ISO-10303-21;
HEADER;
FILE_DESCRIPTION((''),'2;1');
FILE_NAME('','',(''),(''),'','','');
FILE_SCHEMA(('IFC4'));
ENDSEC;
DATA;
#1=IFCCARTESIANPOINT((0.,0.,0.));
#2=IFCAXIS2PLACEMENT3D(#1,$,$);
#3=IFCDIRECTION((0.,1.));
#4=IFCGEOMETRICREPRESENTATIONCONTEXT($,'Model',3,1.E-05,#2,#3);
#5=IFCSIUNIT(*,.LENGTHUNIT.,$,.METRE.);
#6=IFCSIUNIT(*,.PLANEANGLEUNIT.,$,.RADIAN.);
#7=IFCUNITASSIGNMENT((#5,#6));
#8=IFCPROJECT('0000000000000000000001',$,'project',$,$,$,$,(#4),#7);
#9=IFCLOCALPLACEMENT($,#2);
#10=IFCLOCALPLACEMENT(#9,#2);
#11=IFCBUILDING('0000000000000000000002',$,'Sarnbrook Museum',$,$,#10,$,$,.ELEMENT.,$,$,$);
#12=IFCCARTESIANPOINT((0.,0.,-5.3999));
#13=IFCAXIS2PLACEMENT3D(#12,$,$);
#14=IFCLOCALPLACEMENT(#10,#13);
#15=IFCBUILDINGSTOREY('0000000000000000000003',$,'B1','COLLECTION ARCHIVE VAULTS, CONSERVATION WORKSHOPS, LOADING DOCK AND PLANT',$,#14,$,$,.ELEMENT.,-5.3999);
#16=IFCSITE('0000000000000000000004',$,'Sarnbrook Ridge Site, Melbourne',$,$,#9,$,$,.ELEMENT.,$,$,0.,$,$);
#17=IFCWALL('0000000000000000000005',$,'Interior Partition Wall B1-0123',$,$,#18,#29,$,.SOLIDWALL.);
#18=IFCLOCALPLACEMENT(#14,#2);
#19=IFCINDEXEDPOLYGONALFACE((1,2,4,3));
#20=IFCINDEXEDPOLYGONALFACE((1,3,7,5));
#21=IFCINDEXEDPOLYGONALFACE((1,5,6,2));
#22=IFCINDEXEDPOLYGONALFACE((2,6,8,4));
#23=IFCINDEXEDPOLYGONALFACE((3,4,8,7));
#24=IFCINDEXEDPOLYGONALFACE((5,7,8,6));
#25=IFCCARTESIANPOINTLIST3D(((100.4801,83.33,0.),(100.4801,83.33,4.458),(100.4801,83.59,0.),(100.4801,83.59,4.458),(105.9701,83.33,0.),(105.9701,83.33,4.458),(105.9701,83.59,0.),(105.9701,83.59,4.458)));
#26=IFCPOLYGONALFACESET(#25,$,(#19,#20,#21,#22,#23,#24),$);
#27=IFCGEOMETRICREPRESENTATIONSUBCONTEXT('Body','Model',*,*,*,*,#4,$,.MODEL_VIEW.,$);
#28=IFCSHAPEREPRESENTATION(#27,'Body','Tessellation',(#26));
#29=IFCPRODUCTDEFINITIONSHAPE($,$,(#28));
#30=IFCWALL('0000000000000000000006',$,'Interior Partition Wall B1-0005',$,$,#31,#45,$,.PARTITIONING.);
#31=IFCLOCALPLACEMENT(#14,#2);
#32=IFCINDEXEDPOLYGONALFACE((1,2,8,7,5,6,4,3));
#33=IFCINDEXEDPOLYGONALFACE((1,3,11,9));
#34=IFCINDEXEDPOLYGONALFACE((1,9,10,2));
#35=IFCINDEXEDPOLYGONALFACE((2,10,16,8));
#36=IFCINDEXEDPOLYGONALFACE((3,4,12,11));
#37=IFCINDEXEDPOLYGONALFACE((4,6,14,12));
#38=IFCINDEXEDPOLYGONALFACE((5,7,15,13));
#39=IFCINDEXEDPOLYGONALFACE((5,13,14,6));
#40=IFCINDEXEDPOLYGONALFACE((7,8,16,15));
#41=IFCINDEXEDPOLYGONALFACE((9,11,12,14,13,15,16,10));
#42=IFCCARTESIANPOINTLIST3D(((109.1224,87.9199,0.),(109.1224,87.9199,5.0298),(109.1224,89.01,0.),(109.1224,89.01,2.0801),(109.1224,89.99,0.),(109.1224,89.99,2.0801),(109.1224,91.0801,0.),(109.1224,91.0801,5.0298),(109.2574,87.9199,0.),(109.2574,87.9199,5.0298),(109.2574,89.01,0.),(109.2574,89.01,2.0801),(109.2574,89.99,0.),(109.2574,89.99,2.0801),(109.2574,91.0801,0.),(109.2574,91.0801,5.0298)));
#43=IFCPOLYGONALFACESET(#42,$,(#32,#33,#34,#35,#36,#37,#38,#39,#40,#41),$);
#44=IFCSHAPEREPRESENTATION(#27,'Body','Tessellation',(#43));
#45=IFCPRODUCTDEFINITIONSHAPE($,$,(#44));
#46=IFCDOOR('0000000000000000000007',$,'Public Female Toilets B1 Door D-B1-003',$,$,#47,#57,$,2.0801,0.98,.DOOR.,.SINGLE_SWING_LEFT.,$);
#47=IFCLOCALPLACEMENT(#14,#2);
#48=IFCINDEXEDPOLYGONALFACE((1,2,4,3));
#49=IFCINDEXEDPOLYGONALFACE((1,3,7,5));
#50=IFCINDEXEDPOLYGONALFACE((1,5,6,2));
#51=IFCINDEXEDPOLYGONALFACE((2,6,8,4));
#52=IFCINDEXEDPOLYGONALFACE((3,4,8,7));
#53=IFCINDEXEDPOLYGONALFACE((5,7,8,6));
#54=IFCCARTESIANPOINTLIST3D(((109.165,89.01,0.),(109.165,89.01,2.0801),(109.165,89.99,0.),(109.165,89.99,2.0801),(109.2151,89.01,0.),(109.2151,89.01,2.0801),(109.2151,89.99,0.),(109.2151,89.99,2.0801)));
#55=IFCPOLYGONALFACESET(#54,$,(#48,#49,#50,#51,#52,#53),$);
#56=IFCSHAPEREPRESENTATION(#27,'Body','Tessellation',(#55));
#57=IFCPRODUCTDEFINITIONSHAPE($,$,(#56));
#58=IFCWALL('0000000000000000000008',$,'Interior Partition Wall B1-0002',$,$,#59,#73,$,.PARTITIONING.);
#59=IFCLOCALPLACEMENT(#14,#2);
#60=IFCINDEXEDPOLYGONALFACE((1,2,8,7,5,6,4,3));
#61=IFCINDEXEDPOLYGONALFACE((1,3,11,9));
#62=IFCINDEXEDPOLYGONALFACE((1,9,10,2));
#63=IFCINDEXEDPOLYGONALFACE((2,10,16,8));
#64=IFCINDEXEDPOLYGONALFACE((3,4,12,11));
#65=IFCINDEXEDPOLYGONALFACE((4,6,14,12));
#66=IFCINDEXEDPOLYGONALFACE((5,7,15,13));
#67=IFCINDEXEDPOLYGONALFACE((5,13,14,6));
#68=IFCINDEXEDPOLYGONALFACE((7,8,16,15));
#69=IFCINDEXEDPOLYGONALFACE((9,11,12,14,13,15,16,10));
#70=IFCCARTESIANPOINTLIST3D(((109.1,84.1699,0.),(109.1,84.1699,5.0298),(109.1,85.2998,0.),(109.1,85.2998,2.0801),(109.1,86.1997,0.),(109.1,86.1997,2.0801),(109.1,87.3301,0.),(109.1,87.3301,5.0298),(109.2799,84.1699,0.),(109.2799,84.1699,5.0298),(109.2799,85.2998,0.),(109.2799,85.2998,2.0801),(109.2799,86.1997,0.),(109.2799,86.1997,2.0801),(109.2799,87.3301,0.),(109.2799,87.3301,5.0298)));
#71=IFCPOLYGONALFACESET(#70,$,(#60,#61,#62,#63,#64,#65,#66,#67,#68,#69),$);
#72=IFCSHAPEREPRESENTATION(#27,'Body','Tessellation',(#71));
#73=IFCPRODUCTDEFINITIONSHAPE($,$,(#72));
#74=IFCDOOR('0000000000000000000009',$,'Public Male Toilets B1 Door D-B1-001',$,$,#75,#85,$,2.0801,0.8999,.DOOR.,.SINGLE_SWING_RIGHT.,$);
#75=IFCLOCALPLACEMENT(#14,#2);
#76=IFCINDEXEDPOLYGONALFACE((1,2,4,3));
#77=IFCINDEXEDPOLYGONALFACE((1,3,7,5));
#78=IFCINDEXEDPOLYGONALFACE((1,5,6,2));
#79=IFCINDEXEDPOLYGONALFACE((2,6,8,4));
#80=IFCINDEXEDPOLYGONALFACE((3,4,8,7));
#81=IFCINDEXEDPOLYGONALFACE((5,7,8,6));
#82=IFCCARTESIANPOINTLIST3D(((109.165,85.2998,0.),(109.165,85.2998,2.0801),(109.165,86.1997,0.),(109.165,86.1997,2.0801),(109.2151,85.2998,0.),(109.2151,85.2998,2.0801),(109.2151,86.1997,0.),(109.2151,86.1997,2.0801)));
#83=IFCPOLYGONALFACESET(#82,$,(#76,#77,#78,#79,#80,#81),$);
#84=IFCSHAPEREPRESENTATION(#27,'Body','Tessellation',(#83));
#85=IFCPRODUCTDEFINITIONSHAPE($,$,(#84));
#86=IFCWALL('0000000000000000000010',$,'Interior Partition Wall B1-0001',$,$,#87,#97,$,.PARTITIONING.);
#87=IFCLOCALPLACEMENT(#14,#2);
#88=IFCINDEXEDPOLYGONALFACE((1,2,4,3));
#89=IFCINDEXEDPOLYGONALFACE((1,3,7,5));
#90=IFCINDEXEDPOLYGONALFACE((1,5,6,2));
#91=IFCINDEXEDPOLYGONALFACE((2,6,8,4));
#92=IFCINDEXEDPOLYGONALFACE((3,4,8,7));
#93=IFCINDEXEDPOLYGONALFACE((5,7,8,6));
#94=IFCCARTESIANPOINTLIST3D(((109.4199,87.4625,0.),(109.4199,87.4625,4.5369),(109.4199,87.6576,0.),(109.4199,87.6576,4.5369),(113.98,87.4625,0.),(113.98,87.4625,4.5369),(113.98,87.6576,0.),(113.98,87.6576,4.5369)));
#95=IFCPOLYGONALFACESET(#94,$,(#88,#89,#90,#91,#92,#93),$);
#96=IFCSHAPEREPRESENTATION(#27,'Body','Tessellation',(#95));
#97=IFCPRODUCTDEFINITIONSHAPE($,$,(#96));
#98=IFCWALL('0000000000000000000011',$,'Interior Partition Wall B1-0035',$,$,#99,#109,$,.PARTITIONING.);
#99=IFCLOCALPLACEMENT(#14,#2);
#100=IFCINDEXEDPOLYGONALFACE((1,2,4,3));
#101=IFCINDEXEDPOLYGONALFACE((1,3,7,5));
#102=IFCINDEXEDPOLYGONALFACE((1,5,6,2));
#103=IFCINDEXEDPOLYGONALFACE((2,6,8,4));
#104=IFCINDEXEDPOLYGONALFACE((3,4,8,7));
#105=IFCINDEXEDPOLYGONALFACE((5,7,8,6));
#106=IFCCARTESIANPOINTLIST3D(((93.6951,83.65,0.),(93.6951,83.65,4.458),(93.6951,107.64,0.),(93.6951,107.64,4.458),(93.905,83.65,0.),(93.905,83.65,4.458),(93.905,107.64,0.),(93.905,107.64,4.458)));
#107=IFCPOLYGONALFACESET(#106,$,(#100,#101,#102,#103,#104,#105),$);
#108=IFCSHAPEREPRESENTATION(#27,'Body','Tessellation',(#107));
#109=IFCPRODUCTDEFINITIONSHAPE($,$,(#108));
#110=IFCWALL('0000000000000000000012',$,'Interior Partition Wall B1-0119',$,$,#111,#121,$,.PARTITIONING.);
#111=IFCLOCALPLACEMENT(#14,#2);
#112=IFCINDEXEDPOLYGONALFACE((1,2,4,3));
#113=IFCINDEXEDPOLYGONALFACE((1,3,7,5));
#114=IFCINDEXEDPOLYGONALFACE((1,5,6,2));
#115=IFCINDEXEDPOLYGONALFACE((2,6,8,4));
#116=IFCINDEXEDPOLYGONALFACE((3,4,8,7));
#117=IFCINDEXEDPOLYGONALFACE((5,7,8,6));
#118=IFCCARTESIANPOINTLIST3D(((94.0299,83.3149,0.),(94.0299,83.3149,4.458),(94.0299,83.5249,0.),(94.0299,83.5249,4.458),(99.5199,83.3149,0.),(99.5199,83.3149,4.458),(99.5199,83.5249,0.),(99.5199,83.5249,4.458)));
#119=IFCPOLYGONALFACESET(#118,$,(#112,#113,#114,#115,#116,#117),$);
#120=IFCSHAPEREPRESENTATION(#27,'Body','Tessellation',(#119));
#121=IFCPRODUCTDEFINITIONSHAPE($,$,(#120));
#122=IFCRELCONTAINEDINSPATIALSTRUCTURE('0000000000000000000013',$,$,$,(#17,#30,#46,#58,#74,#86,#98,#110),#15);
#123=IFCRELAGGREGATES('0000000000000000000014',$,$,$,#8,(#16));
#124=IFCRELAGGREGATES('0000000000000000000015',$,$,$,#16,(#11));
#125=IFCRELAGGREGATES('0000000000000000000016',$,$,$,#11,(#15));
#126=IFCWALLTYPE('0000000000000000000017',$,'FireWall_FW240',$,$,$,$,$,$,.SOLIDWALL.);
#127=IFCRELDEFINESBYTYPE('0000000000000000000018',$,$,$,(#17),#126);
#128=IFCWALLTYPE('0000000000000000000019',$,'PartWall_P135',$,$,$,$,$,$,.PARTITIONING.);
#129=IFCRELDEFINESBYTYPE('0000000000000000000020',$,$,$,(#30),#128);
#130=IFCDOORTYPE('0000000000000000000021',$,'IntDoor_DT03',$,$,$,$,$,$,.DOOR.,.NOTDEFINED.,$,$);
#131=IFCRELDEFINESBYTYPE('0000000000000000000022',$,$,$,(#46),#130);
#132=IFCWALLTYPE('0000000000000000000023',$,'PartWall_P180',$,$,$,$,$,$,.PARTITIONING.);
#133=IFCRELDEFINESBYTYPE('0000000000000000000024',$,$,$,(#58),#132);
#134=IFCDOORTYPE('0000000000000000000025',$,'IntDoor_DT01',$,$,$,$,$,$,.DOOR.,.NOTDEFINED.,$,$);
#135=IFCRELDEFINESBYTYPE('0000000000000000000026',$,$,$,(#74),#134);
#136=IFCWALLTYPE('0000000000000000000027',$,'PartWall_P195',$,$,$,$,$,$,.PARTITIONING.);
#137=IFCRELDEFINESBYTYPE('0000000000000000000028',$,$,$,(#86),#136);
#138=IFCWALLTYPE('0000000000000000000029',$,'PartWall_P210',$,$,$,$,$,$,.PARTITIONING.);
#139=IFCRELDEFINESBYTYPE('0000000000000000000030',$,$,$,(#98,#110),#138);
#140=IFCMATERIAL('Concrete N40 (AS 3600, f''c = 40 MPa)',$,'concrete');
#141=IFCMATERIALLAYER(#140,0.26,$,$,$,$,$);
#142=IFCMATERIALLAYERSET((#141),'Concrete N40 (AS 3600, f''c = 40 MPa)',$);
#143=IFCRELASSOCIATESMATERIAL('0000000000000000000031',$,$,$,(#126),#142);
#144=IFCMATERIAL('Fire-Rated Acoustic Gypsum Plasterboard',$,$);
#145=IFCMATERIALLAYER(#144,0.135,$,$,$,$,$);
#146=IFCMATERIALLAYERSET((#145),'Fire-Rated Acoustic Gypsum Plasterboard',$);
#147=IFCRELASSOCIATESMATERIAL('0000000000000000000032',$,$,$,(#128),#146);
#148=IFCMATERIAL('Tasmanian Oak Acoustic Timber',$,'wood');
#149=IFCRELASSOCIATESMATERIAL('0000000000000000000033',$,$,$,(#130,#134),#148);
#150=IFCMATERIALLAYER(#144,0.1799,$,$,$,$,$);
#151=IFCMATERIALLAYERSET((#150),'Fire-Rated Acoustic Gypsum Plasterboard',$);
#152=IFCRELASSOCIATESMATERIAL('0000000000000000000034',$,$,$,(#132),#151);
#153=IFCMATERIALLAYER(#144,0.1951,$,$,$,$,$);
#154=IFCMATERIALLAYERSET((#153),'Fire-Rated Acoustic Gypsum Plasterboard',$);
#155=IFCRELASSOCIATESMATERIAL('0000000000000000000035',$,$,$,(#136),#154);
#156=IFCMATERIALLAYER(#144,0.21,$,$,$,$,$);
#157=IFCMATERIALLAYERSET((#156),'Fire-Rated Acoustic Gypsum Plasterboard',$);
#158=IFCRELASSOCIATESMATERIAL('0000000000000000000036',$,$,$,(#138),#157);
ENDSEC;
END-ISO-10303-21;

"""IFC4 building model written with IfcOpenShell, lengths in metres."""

from ifc_helpers import new_model, si_unit, direction, frame, frame_2d, origin, place, context, subcontext, project, spatial, rectangle, extrude, material, layer, layer_set, type_object, element, fill, save


model = new_model("IFC4")

# Units and contexts
model_context = context("Model", 3, precision=1e-05, world=origin(), true_north=direction((0.0, 1.0)))
body_context = subcontext(model_context, "Body", "Model", "MODEL_VIEW")
ifc_project = project(units=[si_unit("LENGTHUNIT", "METRE"), si_unit("PLANEANGLEUNIT", "RADIAN")], contexts=[model_context])

# Site, building, storey
site_placement = place(None, origin())
site = spatial("IfcSite", under=ifc_project, at=site_placement, Name="Sarnbrook Ridge Site, Melbourne", CompositionType="ELEMENT", RefElevation=0.0)
building_placement = place(site_placement, origin())
building = spatial("IfcBuilding", under=site, at=building_placement, Name="Sarnbrook Museum", CompositionType="ELEMENT")
storey_placement = place(building_placement, frame((0.0, 0.0, -5.3999)))
storey = spatial("IfcBuildingStorey", under=building, at=storey_placement, Name="B1", Description="COLLECTION ARCHIVE VAULTS, CONSERVATION WORKSHOPS, LOADING DOCK AND PLANT", CompositionType="ELEMENT", Elevation=-5.3999)

# Shared definitions
ifc_material_1 = material(Name="Concrete N40 (AS 3600, f'c = 40 MPa)", Category="concrete")

# Shared definitions
ifc_layer_1 = layer(ifc_material_1, 0.26)
ifc_layer_set_1 = layer_set([ifc_layer_1], Name="Concrete N40 (AS 3600, f'c = 40 MPa)")
wall_type_1 = type_object("IfcWallType", Name="FireWall_FW240", PredefinedType="SOLIDWALL", material=ifc_layer_set_1)

# Wall
wall_1_placement = place(storey_placement, frame((100.48, 83.46, 0.0), z_axis=(0.0, 0.0, 1.0), x_axis=(1.0, 0.0, 0.0)))
element("IfcWall", 1, at=wall_1_placement, inside=storey, type_object=wall_type_1, Name="Interior Partition Wall B1-0123", PredefinedType="SOLIDWALL", context=body_context, shape_type="SweptSolid", body=[
    extrude(rectangle(XDim=5.49, YDim=0.26, at=frame_2d((2.7451, 0.0))), origin(), (0.0, 0.0, 1.0), 4.458),
])

# Walls, openings, doors
ifc_material_2 = material(Name="Fire-Rated Acoustic Gypsum Plasterboard")
ifc_layer_2 = layer(ifc_material_2, 0.135)
ifc_layer_set_2 = layer_set([ifc_layer_2], Name="Fire-Rated Acoustic Gypsum Plasterboard")
wall_type_2 = type_object("IfcWallType", Name="PartWall_P135", PredefinedType="PARTITIONING", material=ifc_layer_set_2)
wall_2_placement = place(storey_placement, frame((109.1899, 87.9199, 0.0), z_axis=(0.0, 0.0, 1.0), x_axis=(0.0, 1.0, 0.0)))
wall_2 = element("IfcWall", 2, at=wall_2_placement, inside=storey, type_object=wall_type_2, Name="Interior Partition Wall B1-0005", PredefinedType="PARTITIONING", context=body_context, shape_type="SweptSolid", body=[
    extrude(rectangle(XDim=3.1602, YDim=0.135, at=frame_2d((1.5801, 0.0))), origin(), (0.0, 0.0, 1.0), 5.0298),
])
opening_1_placement = place(wall_2_placement, frame((1.0901, 0.0, 0.0)))
opening_1 = element("IfcOpeningElement", 3, at=opening_1_placement, cuts=wall_2, PredefinedType="OPENING", context=body_context, shape_type="SweptSolid", body=[
    extrude(rectangle(XDim=0.98, YDim=2.0801, at=frame_2d((0.49, 1.04))), frame((0.0, 0.0776, 0.0), z_axis=(0.0, -1.0, 0.0), x_axis=(1.0, 0.0, 0.0)), (0.0, 0.0, 1.0), 0.155),
])
ifc_material_3 = material(Name="Tasmanian Oak Acoustic Timber", Category="wood")
door_type_1 = type_object("IfcDoorType", Name="IntDoor_DT03", OperationType="NOTDEFINED", PredefinedType="DOOR", material=ifc_material_3)
door_1_placement = place(opening_1_placement, origin())
door_1 = element("IfcDoor", 4, at=door_1_placement, inside=storey, type_object=door_type_1, Name="Public Female Toilets B1 Door D-B1-003", OperationType="SINGLE_SWING_LEFT", OverallHeight=2.0801, OverallWidth=0.98, PredefinedType="DOOR", context=body_context, shape_type="SweptSolid", body=[
    extrude(rectangle(XDim=0.98, YDim=2.0801, at=frame_2d((0.49, 1.04))), frame((0.0, 0.0249, 0.0), z_axis=(0.0, -1.0, 0.0), x_axis=(1.0, 0.0, 0.0)), (0.0, 0.0, 1.0), 0.05),
])
fill(opening_1, door_1)
ifc_layer_3 = layer(ifc_material_2, 0.1799)
ifc_layer_set_3 = layer_set([ifc_layer_3], Name="Fire-Rated Acoustic Gypsum Plasterboard")
wall_type_3 = type_object("IfcWallType", Name="PartWall_P180", PredefinedType="PARTITIONING", material=ifc_layer_set_3)
wall_3_placement = place(storey_placement, frame((109.1899, 84.1699, 0.0), z_axis=(0.0, 0.0, 1.0), x_axis=(0.0, 1.0, 0.0)))
wall_3 = element("IfcWall", 5, at=wall_3_placement, inside=storey, type_object=wall_type_3, Name="Interior Partition Wall B1-0002", PredefinedType="PARTITIONING", context=body_context, shape_type="SweptSolid", body=[
    extrude(rectangle(XDim=3.1602, YDim=0.1799, at=frame_2d((1.5801, 0.0))), origin(), (0.0, 0.0, 1.0), 5.0298),
])
opening_2_placement = place(wall_3_placement, frame((1.1299, 0.0, 0.0)))
opening_2 = element("IfcOpeningElement", 6, at=opening_2_placement, cuts=wall_3, PredefinedType="OPENING", context=body_context, shape_type="SweptSolid", body=[
    extrude(rectangle(XDim=0.8999, YDim=2.0801, at=frame_2d((0.45, 1.04))), frame((0.0, 0.1001, 0.0), z_axis=(0.0, -1.0, 0.0), x_axis=(1.0, 0.0, 0.0)), (0.0, 0.0, 1.0), 0.2),
])
door_type_2 = type_object("IfcDoorType", Name="IntDoor_DT01", OperationType="NOTDEFINED", PredefinedType="DOOR", material=ifc_material_3)
door_2_placement = place(opening_2_placement, origin())
door_2 = element("IfcDoor", 7, at=door_2_placement, inside=storey, type_object=door_type_2, Name="Public Male Toilets B1 Door D-B1-001", OperationType="SINGLE_SWING_RIGHT", OverallHeight=2.0801, OverallWidth=0.8999, PredefinedType="DOOR", context=body_context, shape_type="SweptSolid", body=[
    extrude(rectangle(XDim=0.8999, YDim=2.0801, at=frame_2d((0.45, 1.04))), frame((0.0, 0.0249, 0.0), z_axis=(0.0, -1.0, 0.0), x_axis=(1.0, 0.0, 0.0)), (0.0, 0.0, 1.0), 0.05),
])
fill(opening_2, door_2)

# Walls
ifc_layer_4 = layer(ifc_material_2, 0.1951)
ifc_layer_set_4 = layer_set([ifc_layer_4], Name="Fire-Rated Acoustic Gypsum Plasterboard")
wall_type_4 = type_object("IfcWallType", Name="PartWall_P195", PredefinedType="PARTITIONING", material=ifc_layer_set_4)
wall_4_placement = place(storey_placement, frame((109.4199, 87.5601, 0.0), z_axis=(0.0, 0.0, 1.0), x_axis=(1.0, 0.0, 0.0)))
element("IfcWall", 8, at=wall_4_placement, inside=storey, type_object=wall_type_4, Name="Interior Partition Wall B1-0001", PredefinedType="PARTITIONING", context=body_context, shape_type="SweptSolid", body=[
    extrude(rectangle(XDim=4.5601, YDim=0.1951, at=frame_2d((2.28, 0.0))), origin(), (0.0, 0.0, 1.0), 4.5369),
])
ifc_layer_5 = layer(ifc_material_2, 0.21)
ifc_layer_set_5 = layer_set([ifc_layer_5], Name="Fire-Rated Acoustic Gypsum Plasterboard")
wall_type_5 = type_object("IfcWallType", Name="PartWall_P210", PredefinedType="PARTITIONING", material=ifc_layer_set_5)
wall_5_placement = place(storey_placement, frame((93.8, 83.6499, 0.0), z_axis=(0.0, 0.0, 1.0), x_axis=(0.0, 1.0, 0.0)))
element("IfcWall", 9, at=wall_5_placement, inside=storey, type_object=wall_type_5, Name="Interior Partition Wall B1-0035", PredefinedType="PARTITIONING", context=body_context, shape_type="SweptSolid", body=[
    extrude(rectangle(XDim=23.99, YDim=0.21, at=frame_2d((11.9951, 0.0))), origin(), (0.0, 0.0, 1.0), 4.458),
])
wall_6_placement = place(storey_placement, frame((99.52, 83.4199, 0.0), z_axis=(0.0, 0.0, 1.0), x_axis=(-1.0, 0.0, 0.0)))
element("IfcWall", 10, at=wall_6_placement, inside=storey, type_object=wall_type_5, Name="Interior Partition Wall B1-0119", PredefinedType="PARTITIONING", context=body_context, shape_type="SweptSolid", body=[
    extrude(rectangle(XDim=5.49, YDim=0.21, at=frame_2d((2.7451, 0.0))), origin(), (0.0, 0.0, 1.0), 4.458),
])

save(model, "model.ifc")
